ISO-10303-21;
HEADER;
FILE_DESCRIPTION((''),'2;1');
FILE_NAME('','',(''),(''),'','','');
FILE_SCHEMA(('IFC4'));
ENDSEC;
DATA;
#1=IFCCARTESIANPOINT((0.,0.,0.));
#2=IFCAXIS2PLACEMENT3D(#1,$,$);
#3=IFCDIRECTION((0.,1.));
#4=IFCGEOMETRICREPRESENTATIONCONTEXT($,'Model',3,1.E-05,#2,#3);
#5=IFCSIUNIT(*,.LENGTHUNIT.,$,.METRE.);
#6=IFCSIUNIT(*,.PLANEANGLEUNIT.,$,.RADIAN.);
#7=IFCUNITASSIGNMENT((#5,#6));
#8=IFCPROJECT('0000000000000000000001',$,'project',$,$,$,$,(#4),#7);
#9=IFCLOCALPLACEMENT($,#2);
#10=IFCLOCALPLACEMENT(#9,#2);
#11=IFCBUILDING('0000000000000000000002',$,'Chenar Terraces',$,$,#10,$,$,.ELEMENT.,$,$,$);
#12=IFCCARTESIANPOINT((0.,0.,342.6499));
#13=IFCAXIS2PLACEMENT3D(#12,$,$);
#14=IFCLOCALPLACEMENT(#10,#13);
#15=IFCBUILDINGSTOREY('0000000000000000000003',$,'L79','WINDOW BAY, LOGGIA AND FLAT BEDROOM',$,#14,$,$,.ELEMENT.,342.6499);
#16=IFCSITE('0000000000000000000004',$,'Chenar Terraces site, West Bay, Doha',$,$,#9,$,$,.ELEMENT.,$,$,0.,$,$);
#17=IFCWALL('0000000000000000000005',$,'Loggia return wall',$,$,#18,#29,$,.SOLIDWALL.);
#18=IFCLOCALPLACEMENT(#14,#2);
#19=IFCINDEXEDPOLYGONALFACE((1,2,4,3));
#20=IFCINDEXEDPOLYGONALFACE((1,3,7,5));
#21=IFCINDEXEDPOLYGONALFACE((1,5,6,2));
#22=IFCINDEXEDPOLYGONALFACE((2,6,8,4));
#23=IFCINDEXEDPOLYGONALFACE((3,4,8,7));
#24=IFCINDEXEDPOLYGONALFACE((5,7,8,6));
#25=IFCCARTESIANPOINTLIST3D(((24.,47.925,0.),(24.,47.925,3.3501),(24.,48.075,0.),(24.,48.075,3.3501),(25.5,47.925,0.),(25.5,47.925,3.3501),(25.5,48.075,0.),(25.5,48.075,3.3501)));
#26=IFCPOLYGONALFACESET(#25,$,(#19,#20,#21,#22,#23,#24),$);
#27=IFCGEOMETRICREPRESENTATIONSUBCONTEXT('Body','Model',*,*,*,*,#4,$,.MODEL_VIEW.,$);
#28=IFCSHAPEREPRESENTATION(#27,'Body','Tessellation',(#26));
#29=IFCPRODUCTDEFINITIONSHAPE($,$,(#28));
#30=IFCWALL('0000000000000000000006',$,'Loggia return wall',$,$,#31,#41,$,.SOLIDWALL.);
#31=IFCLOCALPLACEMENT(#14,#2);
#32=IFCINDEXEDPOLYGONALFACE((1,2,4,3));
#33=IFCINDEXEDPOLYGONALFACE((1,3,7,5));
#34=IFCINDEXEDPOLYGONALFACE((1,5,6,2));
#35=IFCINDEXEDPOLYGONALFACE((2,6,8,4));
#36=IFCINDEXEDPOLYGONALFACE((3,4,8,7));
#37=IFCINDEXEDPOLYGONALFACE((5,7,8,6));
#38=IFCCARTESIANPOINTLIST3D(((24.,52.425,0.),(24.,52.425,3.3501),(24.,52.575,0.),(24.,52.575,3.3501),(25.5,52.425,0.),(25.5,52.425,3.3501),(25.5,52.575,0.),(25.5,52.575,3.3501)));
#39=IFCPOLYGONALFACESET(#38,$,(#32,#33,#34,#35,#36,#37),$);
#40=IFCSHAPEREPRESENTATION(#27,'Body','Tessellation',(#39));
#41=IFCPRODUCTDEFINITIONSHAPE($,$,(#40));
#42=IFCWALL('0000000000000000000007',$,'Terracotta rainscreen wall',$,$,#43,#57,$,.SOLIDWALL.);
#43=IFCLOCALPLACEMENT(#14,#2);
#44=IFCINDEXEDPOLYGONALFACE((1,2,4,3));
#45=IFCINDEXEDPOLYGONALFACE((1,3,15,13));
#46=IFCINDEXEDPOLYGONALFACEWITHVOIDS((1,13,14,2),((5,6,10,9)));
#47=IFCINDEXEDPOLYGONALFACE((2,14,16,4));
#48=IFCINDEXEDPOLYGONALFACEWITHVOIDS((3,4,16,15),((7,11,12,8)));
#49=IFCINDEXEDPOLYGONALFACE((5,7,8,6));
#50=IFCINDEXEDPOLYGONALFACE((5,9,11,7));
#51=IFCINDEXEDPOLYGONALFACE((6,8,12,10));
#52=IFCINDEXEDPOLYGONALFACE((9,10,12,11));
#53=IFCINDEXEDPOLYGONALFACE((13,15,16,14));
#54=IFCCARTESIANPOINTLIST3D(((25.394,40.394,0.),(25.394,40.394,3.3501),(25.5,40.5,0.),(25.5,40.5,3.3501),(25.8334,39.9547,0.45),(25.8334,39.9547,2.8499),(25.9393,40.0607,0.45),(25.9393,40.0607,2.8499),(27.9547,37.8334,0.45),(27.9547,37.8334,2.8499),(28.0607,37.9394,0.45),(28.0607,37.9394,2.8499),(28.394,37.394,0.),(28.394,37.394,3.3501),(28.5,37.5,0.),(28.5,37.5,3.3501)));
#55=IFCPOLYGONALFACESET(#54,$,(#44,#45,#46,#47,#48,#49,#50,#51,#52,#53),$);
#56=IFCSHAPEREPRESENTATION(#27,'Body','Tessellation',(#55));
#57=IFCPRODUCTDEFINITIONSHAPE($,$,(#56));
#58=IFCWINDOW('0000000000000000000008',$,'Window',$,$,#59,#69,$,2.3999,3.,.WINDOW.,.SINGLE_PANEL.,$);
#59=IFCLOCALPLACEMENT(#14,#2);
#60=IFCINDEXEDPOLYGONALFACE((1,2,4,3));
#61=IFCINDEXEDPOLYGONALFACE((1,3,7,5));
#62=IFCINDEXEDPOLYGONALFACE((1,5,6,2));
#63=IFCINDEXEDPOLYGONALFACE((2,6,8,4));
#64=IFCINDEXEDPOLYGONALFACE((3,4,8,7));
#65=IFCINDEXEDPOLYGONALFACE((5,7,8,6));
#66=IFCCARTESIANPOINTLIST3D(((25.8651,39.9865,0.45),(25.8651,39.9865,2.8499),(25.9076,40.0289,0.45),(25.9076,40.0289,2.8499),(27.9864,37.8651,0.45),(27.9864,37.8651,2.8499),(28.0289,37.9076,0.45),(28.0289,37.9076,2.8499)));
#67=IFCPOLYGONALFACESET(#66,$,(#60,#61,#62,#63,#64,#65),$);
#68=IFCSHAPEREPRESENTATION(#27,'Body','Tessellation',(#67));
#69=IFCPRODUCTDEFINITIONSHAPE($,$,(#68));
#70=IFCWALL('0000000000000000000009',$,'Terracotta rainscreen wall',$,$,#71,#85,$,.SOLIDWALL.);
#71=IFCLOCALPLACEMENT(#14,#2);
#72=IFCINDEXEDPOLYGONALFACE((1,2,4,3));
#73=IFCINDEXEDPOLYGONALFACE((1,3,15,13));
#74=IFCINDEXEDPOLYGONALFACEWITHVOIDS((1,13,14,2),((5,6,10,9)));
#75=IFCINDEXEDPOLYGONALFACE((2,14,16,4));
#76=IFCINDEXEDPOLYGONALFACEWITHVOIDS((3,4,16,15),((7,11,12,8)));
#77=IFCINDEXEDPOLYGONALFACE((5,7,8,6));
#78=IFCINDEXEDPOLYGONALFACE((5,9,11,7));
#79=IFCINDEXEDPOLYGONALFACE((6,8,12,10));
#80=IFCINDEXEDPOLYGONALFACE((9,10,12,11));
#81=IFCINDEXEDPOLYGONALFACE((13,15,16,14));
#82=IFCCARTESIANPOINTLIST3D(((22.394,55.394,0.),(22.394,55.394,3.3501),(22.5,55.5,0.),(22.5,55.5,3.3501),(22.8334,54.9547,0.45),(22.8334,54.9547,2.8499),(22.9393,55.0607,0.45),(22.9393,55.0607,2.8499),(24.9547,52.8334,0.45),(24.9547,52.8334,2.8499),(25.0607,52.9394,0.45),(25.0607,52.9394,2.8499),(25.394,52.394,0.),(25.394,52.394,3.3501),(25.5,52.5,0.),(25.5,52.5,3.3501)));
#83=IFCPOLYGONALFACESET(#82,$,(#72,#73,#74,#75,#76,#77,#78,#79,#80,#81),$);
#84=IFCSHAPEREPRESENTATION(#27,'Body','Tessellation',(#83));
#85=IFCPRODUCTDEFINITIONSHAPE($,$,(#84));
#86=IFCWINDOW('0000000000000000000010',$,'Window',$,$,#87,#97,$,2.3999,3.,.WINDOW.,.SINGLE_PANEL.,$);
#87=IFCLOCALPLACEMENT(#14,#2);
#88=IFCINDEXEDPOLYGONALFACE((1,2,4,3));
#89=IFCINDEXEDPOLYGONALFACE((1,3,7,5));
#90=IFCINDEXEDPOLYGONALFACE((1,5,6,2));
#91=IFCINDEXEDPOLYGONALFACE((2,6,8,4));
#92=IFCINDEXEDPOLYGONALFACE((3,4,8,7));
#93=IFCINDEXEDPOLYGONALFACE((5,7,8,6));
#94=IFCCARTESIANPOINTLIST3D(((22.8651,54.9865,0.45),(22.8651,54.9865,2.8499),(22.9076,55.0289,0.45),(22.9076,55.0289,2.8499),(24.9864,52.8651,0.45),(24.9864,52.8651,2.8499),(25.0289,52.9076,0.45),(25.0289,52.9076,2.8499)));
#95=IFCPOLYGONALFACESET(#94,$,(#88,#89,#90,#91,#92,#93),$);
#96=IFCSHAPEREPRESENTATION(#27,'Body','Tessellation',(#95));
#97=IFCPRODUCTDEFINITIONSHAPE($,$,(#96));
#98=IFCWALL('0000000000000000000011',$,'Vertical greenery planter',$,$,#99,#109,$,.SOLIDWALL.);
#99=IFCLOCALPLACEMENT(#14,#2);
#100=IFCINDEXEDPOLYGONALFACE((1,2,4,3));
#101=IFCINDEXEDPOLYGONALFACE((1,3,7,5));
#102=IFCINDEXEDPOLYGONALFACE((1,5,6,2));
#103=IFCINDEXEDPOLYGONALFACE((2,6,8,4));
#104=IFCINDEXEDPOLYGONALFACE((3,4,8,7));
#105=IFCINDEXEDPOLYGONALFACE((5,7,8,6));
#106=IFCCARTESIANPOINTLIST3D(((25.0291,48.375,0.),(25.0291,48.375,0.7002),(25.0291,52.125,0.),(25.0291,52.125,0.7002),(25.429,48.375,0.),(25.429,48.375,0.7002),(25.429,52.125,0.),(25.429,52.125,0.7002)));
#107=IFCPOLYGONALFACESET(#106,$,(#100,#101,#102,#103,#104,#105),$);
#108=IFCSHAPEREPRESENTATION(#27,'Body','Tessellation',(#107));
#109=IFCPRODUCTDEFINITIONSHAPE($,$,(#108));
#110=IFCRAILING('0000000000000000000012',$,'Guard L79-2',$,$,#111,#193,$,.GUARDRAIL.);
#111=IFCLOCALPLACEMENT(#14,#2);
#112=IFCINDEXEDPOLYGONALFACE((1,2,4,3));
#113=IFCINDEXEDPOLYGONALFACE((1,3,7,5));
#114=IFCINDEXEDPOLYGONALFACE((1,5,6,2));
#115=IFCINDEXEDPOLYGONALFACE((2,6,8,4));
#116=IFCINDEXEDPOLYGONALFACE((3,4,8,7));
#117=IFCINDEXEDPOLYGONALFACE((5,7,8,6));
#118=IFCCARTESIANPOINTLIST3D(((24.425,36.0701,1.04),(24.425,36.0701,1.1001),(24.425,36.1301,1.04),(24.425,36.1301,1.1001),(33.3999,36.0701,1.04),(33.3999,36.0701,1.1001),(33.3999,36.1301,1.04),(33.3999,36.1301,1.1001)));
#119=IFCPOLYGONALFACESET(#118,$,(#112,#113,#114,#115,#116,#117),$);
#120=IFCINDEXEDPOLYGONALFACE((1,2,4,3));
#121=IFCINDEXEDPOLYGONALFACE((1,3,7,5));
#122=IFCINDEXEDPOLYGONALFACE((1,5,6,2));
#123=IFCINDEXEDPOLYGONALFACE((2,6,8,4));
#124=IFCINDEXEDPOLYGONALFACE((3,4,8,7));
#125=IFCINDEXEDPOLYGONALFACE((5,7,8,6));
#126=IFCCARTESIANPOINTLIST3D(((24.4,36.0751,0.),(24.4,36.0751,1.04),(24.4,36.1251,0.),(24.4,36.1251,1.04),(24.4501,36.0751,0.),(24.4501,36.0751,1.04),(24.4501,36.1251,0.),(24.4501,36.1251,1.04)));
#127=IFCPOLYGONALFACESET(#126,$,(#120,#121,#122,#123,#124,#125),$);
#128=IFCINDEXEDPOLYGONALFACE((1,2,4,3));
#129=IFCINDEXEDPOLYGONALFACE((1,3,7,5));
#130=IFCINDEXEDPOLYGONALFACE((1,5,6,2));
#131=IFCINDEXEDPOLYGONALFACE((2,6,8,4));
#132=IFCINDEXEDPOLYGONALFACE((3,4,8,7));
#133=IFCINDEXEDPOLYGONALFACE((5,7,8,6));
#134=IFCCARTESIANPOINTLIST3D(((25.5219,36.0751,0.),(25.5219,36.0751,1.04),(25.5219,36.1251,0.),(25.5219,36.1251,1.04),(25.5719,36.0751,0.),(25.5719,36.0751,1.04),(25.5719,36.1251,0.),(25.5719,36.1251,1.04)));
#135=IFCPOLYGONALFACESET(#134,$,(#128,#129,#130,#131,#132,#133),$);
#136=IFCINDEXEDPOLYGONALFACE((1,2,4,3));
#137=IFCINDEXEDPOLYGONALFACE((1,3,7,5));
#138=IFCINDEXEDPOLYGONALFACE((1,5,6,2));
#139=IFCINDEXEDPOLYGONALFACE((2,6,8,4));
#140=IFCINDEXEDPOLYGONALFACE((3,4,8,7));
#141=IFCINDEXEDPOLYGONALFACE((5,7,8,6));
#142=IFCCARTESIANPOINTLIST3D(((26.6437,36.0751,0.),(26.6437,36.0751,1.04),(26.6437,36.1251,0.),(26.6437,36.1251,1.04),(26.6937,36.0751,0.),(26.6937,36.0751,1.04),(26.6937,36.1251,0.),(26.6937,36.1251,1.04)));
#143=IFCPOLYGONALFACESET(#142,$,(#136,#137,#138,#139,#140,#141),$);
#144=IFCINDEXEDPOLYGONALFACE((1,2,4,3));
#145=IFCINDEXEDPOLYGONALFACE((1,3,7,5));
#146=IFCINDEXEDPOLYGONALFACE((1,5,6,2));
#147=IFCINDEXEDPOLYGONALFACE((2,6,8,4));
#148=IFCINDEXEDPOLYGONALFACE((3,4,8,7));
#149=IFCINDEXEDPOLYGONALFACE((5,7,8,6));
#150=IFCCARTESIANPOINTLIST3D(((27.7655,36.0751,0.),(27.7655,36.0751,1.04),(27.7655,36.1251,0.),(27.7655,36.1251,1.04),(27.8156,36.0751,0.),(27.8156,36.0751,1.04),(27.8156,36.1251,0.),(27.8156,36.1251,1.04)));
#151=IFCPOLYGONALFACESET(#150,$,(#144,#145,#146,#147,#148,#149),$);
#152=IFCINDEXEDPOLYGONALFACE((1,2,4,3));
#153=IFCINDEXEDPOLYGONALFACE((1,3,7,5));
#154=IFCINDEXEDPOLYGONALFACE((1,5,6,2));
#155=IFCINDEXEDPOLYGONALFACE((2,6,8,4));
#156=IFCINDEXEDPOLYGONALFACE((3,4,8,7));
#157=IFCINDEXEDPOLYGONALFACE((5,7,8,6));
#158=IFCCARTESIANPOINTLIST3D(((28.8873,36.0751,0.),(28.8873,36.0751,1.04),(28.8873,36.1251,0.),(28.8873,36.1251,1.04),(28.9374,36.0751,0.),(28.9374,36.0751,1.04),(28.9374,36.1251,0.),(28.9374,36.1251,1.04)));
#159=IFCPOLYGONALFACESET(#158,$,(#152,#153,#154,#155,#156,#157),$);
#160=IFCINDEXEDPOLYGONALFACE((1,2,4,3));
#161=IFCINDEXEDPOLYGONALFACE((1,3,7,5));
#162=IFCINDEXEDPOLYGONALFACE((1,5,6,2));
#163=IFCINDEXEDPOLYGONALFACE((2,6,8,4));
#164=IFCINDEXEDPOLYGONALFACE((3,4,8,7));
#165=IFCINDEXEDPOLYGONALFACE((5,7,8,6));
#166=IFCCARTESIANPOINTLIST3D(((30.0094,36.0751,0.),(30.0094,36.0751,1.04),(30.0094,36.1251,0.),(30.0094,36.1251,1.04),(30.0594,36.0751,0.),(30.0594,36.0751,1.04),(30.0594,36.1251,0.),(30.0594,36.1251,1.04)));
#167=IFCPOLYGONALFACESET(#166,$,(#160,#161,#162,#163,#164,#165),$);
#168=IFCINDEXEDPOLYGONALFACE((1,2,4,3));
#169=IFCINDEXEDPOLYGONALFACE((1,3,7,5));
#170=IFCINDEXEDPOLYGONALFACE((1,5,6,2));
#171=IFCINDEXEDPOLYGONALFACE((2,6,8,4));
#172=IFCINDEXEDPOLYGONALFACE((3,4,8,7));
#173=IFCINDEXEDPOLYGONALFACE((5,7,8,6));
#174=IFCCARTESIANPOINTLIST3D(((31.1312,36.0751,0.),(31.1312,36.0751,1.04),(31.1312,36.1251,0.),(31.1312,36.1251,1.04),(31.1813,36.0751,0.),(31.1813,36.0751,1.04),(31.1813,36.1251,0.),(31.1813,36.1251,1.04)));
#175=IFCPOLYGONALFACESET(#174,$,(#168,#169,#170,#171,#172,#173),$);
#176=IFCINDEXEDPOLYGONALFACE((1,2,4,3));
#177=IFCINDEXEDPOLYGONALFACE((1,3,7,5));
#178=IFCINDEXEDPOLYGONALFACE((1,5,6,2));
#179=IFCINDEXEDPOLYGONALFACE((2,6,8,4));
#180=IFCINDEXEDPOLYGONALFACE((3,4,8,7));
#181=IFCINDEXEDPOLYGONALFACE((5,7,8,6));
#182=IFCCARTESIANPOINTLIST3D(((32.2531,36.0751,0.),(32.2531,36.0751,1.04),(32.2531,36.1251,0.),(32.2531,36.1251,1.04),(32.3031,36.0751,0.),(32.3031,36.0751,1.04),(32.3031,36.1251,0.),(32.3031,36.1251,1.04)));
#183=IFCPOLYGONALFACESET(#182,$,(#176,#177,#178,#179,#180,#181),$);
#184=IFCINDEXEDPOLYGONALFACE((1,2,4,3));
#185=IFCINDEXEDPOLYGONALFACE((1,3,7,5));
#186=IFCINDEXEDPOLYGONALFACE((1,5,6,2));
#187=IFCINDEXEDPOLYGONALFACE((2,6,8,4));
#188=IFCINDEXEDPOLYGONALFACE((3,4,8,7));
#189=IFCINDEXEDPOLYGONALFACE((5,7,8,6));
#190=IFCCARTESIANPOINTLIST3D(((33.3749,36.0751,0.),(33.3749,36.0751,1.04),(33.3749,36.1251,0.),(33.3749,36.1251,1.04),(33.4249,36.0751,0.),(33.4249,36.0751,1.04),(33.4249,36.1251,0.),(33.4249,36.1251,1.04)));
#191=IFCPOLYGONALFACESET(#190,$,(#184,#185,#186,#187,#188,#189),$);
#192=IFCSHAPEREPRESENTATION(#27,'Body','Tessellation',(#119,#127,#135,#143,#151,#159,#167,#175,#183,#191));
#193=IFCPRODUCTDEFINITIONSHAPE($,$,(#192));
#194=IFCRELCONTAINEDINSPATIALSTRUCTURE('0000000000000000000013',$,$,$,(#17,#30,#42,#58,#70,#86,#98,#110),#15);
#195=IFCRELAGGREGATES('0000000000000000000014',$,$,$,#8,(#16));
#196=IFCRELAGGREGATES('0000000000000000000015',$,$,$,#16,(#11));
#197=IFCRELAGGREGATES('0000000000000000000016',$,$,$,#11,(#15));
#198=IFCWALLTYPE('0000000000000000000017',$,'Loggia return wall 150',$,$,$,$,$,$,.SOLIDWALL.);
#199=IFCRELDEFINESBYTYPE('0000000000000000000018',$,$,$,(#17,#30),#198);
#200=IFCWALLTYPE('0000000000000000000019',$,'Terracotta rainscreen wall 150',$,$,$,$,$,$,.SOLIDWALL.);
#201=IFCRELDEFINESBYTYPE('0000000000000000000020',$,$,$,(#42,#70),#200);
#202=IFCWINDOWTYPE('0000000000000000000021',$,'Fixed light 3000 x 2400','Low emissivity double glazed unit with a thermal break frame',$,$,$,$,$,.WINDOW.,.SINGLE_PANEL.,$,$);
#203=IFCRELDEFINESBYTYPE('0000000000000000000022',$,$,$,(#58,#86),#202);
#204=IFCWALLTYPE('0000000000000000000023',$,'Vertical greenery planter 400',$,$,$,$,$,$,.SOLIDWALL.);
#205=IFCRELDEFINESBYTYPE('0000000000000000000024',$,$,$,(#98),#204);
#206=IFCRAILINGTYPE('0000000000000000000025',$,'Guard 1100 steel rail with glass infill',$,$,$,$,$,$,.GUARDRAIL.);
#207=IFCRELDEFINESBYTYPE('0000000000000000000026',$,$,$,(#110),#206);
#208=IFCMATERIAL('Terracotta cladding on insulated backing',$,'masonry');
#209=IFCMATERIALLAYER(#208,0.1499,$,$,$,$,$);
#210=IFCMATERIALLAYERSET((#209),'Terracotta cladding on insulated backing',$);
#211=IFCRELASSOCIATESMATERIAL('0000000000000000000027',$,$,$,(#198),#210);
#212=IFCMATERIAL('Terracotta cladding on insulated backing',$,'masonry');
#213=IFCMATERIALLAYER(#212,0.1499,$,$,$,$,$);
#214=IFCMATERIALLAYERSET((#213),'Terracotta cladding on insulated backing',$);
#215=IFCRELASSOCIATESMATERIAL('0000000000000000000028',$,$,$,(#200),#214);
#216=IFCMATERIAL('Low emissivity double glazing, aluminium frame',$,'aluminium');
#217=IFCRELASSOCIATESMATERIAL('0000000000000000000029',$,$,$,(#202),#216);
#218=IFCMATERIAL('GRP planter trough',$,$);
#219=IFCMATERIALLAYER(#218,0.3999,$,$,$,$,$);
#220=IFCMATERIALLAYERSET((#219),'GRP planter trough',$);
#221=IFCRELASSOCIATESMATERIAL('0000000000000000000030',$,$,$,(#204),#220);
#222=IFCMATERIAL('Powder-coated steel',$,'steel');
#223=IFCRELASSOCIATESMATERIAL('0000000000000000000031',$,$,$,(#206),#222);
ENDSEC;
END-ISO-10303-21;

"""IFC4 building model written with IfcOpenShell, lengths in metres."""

from ifc_helpers import new_model, si_unit, direction, frame, frame_2d, origin, origin_2d, place, context, subcontext, project, spatial, rectangle, extrude, material, layer, layer_set, type_object, element, fill, save


model = new_model("IFC4")

# Units and contexts
model_context = context("Model", 3, precision=1e-05, world=origin(), true_north=direction((0.0, 1.0)))
body_context = subcontext(model_context, "Body", "Model", "MODEL_VIEW")
ifc_project = project(units=[si_unit("LENGTHUNIT", "METRE"), si_unit("PLANEANGLEUNIT", "RADIAN")], contexts=[model_context])

# Site, building, storey
site_placement = place(None, origin())
site = spatial("IfcSite", under=ifc_project, at=site_placement, Name="Chenar Terraces site, West Bay, Doha", CompositionType="ELEMENT", RefElevation=0.0)
building_placement = place(site_placement, origin())
building = spatial("IfcBuilding", under=site, at=building_placement, Name="Chenar Terraces", CompositionType="ELEMENT")
storey_placement = place(building_placement, frame((0.0, 0.0, 342.6499)))
storey = spatial("IfcBuildingStorey", under=building, at=storey_placement, Name="L79", Description="WINDOW BAY, LOGGIA AND FLAT BEDROOM", CompositionType="ELEMENT", Elevation=342.6499)

# Walls
ifc_material_1 = material(Name="Terracotta cladding on insulated backing", Category="masonry")
ifc_layer_1 = layer(ifc_material_1, 0.1499)
ifc_layer_set_1 = layer_set([ifc_layer_1], Name="Terracotta cladding on insulated backing")
wall_type_1 = type_object("IfcWallType", Name="Loggia return wall 150", PredefinedType="SOLIDWALL", material=ifc_layer_set_1)
for number, where, z_axis, x_axis, name in (
    (1, (25.5, 48.0, 0.0), (0.0, 0.0, 1.0), (-1.0, 0.0, 0.0), "Loggia return wall"),
    (2, (25.5, 52.5, 0.0), (0.0, 0.0, 1.0), (-1.0, 0.0, 0.0), "Loggia return wall"),
):
    element("IfcWall", number, at=place(storey_placement, frame(where, z_axis=z_axis, x_axis=x_axis)), inside=storey, type_object=wall_type_1, Name=name, PredefinedType="SOLIDWALL", context=body_context, shape_type="SweptSolid", body=[
        extrude(rectangle(XDim=1.5, YDim=0.1499, at=frame_2d((0.75, 0.0))), origin(), (0.0, 0.0, 1.0), 3.3501),
    ])

# Walls, openings, windows
ifc_material_2 = material(Name="Terracotta cladding on insulated backing", Category="masonry")
ifc_layer_2 = layer(ifc_material_2, 0.1499)
ifc_layer_set_2 = layer_set([ifc_layer_2], Name="Terracotta cladding on insulated backing")
wall_type_2 = type_object("IfcWallType", Name="Terracotta rainscreen wall 150", PredefinedType="SOLIDWALL", material=ifc_layer_set_2)
wall_1_placement = place(storey_placement, frame((28.447, 37.447, 0.0), z_axis=(0.0, 0.0, 1.0), x_axis=(-0.707107, 0.707107, 0.0)))
wall_1 = element("IfcWall", 3, at=wall_1_placement, inside=storey, type_object=wall_type_2, Name="Terracotta rainscreen wall", PredefinedType="SOLIDWALL", context=body_context, shape_type="SweptSolid", body=[
    extrude(rectangle(XDim=4.2427, YDim=0.1499, at=frame_2d((2.1213, 0.0))), origin(), (0.0, 0.0, 1.0), 3.3501),
])
opening_1_placement = place(wall_1_placement, frame((0.6213, 0.0, 0.45)))
opening_1 = element("IfcOpeningElement", 4, at=opening_1_placement, cuts=wall_1, PredefinedType="OPENING", context=body_context, shape_type="SweptSolid", body=[
    extrude(rectangle(XDim=3.0, YDim=2.3999, at=frame_2d((1.5, 1.2))), frame((0.0, 0.085, 0.0), z_axis=(0.0, -1.0, 0.0), x_axis=(1.0, 0.0, 0.0)), (0.0, 0.0, 1.0), 0.1699),
])
ifc_material_3 = material(Name="Low emissivity double glazing, aluminium frame", Category="aluminium")
window_type_1 = type_object("IfcWindowType", Name="Fixed light 3000 x 2400", Description="Low emissivity double glazed unit with a thermal break frame", PartitioningType="SINGLE_PANEL", PredefinedType="WINDOW", material=ifc_material_3)
window_1_placement = place(opening_1_placement, origin())
window_1 = element("IfcWindow", 5, at=window_1_placement, inside=storey, type_object=window_type_1, Name="Window", OverallHeight=2.3999, OverallWidth=3.0, PartitioningType="SINGLE_PANEL", PredefinedType="WINDOW", context=body_context, shape_type="SweptSolid", body=[
    extrude(rectangle(XDim=3.0, YDim=2.3999, at=frame_2d((1.5, 1.2))), frame((0.0, 0.03, 0.0), z_axis=(0.0, -1.0, 0.0), x_axis=(1.0, 0.0, 0.0)), (0.0, 0.0, 1.0), 0.0601),
])
fill(opening_1, window_1)
wall_2_placement = place(storey_placement, frame((25.447, 52.447, 0.0), z_axis=(0.0, 0.0, 1.0), x_axis=(-0.707107, 0.707107, 0.0)))
wall_2 = element("IfcWall", 6, at=wall_2_placement, inside=storey, type_object=wall_type_2, Name="Terracotta rainscreen wall", PredefinedType="SOLIDWALL", context=body_context, shape_type="SweptSolid", body=[
    extrude(rectangle(XDim=4.2427, YDim=0.1499, at=frame_2d((2.1213, 0.0))), origin(), (0.0, 0.0, 1.0), 3.3501),
])
opening_2_placement = place(wall_2_placement, frame((0.6213, 0.0, 0.45)))
opening_2 = element("IfcOpeningElement", 7, at=opening_2_placement, cuts=wall_2, PredefinedType="OPENING", context=body_context, shape_type="SweptSolid", body=[
    extrude(rectangle(XDim=3.0, YDim=2.3999, at=frame_2d((1.5, 1.2))), frame((0.0, 0.085, 0.0), z_axis=(0.0, -1.0, 0.0), x_axis=(1.0, 0.0, 0.0)), (0.0, 0.0, 1.0), 0.1699),
])
window_2_placement = place(opening_2_placement, origin())
window_2 = element("IfcWindow", 8, at=window_2_placement, inside=storey, type_object=window_type_1, Name="Window", OverallHeight=2.3999, OverallWidth=3.0, PartitioningType="SINGLE_PANEL", PredefinedType="WINDOW", context=body_context, shape_type="SweptSolid", body=[
    extrude(rectangle(XDim=3.0, YDim=2.3999, at=frame_2d((1.5, 1.2))), frame((0.0, 0.03, 0.0), z_axis=(0.0, -1.0, 0.0), x_axis=(1.0, 0.0, 0.0)), (0.0, 0.0, 1.0), 0.0601),
])
fill(opening_2, window_2)

# Wall
ifc_material_4 = material(Name="GRP planter trough")
ifc_layer_3 = layer(ifc_material_4, 0.3999)
ifc_layer_set_3 = layer_set([ifc_layer_3], Name="GRP planter trough")
wall_type_3 = type_object("IfcWallType", Name="Vertical greenery planter 400", PredefinedType="SOLIDWALL", material=ifc_layer_set_3)
wall_3_placement = place(storey_placement, frame((25.229, 48.375, 0.0), z_axis=(0.0, 0.0, 1.0), x_axis=(0.0, 1.0, 0.0)))
element("IfcWall", 9, at=wall_3_placement, inside=storey, type_object=wall_type_3, Name="Vertical greenery planter", PredefinedType="SOLIDWALL", context=body_context, shape_type="SweptSolid", body=[
    extrude(rectangle(XDim=3.75, YDim=0.3999, at=frame_2d((1.875, 0.0))), origin(), (0.0, 0.0, 1.0), 0.7002),
])

# Railing
ifc_material_5 = material(Name="Powder-coated steel", Category="steel")
railing_type_1 = type_object("IfcRailingType", Name="Guard 1100 steel rail with glass infill", PredefinedType="GUARDRAIL", material=ifc_material_5)
railing_1_placement = place(storey_placement, frame((24.425, 36.1001, 0.0)))
element("IfcRailing", 10, at=railing_1_placement, inside=storey, type_object=railing_type_1, Name="Guard L79-2", PredefinedType="GUARDRAIL", context=body_context, shape_type="SweptSolid", body=[
    extrude(rectangle(XDim=0.0601, YDim=0.0601, at=origin_2d()), frame((0.0, 0.0, 1.0701), z_axis=(1.0, 0.0, 0.0), x_axis=(0.0, 1.0, 0.0)), (0.0, 0.0, 1.0), 8.9749),
    extrude(rectangle(XDim=0.05, YDim=0.05, at=origin_2d()), origin(), (0.0, 0.0, 1.0), 1.04),
    extrude(rectangle(XDim=0.05, YDim=0.05, at=origin_2d()), frame((1.1218, 0.0, 0.0)), (0.0, 0.0, 1.0), 1.04),
    extrude(rectangle(XDim=0.05, YDim=0.05, at=origin_2d()), frame((2.2437, 0.0, 0.0)), (0.0, 0.0, 1.0), 1.04),
    extrude(rectangle(XDim=0.05, YDim=0.05, at=origin_2d()), frame((3.3655, 0.0, 0.0)), (0.0, 0.0, 1.0), 1.04),
    extrude(rectangle(XDim=0.05, YDim=0.05, at=origin_2d()), frame((4.4873, 0.0, 0.0)), (0.0, 0.0, 1.0), 1.04),
    extrude(rectangle(XDim=0.05, YDim=0.05, at=origin_2d()), frame((5.6094, 0.0, 0.0)), (0.0, 0.0, 1.0), 1.04),
    extrude(rectangle(XDim=0.05, YDim=0.05, at=origin_2d()), frame((6.7312, 0.0, 0.0)), (0.0, 0.0, 1.0), 1.04),
    extrude(rectangle(XDim=0.05, YDim=0.05, at=origin_2d()), frame((7.853, 0.0, 0.0)), (0.0, 0.0, 1.0), 1.04),
    extrude(rectangle(XDim=0.05, YDim=0.05, at=origin_2d()), frame((8.9749, 0.0, 0.0)), (0.0, 0.0, 1.0), 1.04),
])

save(model, "model.ifc")
